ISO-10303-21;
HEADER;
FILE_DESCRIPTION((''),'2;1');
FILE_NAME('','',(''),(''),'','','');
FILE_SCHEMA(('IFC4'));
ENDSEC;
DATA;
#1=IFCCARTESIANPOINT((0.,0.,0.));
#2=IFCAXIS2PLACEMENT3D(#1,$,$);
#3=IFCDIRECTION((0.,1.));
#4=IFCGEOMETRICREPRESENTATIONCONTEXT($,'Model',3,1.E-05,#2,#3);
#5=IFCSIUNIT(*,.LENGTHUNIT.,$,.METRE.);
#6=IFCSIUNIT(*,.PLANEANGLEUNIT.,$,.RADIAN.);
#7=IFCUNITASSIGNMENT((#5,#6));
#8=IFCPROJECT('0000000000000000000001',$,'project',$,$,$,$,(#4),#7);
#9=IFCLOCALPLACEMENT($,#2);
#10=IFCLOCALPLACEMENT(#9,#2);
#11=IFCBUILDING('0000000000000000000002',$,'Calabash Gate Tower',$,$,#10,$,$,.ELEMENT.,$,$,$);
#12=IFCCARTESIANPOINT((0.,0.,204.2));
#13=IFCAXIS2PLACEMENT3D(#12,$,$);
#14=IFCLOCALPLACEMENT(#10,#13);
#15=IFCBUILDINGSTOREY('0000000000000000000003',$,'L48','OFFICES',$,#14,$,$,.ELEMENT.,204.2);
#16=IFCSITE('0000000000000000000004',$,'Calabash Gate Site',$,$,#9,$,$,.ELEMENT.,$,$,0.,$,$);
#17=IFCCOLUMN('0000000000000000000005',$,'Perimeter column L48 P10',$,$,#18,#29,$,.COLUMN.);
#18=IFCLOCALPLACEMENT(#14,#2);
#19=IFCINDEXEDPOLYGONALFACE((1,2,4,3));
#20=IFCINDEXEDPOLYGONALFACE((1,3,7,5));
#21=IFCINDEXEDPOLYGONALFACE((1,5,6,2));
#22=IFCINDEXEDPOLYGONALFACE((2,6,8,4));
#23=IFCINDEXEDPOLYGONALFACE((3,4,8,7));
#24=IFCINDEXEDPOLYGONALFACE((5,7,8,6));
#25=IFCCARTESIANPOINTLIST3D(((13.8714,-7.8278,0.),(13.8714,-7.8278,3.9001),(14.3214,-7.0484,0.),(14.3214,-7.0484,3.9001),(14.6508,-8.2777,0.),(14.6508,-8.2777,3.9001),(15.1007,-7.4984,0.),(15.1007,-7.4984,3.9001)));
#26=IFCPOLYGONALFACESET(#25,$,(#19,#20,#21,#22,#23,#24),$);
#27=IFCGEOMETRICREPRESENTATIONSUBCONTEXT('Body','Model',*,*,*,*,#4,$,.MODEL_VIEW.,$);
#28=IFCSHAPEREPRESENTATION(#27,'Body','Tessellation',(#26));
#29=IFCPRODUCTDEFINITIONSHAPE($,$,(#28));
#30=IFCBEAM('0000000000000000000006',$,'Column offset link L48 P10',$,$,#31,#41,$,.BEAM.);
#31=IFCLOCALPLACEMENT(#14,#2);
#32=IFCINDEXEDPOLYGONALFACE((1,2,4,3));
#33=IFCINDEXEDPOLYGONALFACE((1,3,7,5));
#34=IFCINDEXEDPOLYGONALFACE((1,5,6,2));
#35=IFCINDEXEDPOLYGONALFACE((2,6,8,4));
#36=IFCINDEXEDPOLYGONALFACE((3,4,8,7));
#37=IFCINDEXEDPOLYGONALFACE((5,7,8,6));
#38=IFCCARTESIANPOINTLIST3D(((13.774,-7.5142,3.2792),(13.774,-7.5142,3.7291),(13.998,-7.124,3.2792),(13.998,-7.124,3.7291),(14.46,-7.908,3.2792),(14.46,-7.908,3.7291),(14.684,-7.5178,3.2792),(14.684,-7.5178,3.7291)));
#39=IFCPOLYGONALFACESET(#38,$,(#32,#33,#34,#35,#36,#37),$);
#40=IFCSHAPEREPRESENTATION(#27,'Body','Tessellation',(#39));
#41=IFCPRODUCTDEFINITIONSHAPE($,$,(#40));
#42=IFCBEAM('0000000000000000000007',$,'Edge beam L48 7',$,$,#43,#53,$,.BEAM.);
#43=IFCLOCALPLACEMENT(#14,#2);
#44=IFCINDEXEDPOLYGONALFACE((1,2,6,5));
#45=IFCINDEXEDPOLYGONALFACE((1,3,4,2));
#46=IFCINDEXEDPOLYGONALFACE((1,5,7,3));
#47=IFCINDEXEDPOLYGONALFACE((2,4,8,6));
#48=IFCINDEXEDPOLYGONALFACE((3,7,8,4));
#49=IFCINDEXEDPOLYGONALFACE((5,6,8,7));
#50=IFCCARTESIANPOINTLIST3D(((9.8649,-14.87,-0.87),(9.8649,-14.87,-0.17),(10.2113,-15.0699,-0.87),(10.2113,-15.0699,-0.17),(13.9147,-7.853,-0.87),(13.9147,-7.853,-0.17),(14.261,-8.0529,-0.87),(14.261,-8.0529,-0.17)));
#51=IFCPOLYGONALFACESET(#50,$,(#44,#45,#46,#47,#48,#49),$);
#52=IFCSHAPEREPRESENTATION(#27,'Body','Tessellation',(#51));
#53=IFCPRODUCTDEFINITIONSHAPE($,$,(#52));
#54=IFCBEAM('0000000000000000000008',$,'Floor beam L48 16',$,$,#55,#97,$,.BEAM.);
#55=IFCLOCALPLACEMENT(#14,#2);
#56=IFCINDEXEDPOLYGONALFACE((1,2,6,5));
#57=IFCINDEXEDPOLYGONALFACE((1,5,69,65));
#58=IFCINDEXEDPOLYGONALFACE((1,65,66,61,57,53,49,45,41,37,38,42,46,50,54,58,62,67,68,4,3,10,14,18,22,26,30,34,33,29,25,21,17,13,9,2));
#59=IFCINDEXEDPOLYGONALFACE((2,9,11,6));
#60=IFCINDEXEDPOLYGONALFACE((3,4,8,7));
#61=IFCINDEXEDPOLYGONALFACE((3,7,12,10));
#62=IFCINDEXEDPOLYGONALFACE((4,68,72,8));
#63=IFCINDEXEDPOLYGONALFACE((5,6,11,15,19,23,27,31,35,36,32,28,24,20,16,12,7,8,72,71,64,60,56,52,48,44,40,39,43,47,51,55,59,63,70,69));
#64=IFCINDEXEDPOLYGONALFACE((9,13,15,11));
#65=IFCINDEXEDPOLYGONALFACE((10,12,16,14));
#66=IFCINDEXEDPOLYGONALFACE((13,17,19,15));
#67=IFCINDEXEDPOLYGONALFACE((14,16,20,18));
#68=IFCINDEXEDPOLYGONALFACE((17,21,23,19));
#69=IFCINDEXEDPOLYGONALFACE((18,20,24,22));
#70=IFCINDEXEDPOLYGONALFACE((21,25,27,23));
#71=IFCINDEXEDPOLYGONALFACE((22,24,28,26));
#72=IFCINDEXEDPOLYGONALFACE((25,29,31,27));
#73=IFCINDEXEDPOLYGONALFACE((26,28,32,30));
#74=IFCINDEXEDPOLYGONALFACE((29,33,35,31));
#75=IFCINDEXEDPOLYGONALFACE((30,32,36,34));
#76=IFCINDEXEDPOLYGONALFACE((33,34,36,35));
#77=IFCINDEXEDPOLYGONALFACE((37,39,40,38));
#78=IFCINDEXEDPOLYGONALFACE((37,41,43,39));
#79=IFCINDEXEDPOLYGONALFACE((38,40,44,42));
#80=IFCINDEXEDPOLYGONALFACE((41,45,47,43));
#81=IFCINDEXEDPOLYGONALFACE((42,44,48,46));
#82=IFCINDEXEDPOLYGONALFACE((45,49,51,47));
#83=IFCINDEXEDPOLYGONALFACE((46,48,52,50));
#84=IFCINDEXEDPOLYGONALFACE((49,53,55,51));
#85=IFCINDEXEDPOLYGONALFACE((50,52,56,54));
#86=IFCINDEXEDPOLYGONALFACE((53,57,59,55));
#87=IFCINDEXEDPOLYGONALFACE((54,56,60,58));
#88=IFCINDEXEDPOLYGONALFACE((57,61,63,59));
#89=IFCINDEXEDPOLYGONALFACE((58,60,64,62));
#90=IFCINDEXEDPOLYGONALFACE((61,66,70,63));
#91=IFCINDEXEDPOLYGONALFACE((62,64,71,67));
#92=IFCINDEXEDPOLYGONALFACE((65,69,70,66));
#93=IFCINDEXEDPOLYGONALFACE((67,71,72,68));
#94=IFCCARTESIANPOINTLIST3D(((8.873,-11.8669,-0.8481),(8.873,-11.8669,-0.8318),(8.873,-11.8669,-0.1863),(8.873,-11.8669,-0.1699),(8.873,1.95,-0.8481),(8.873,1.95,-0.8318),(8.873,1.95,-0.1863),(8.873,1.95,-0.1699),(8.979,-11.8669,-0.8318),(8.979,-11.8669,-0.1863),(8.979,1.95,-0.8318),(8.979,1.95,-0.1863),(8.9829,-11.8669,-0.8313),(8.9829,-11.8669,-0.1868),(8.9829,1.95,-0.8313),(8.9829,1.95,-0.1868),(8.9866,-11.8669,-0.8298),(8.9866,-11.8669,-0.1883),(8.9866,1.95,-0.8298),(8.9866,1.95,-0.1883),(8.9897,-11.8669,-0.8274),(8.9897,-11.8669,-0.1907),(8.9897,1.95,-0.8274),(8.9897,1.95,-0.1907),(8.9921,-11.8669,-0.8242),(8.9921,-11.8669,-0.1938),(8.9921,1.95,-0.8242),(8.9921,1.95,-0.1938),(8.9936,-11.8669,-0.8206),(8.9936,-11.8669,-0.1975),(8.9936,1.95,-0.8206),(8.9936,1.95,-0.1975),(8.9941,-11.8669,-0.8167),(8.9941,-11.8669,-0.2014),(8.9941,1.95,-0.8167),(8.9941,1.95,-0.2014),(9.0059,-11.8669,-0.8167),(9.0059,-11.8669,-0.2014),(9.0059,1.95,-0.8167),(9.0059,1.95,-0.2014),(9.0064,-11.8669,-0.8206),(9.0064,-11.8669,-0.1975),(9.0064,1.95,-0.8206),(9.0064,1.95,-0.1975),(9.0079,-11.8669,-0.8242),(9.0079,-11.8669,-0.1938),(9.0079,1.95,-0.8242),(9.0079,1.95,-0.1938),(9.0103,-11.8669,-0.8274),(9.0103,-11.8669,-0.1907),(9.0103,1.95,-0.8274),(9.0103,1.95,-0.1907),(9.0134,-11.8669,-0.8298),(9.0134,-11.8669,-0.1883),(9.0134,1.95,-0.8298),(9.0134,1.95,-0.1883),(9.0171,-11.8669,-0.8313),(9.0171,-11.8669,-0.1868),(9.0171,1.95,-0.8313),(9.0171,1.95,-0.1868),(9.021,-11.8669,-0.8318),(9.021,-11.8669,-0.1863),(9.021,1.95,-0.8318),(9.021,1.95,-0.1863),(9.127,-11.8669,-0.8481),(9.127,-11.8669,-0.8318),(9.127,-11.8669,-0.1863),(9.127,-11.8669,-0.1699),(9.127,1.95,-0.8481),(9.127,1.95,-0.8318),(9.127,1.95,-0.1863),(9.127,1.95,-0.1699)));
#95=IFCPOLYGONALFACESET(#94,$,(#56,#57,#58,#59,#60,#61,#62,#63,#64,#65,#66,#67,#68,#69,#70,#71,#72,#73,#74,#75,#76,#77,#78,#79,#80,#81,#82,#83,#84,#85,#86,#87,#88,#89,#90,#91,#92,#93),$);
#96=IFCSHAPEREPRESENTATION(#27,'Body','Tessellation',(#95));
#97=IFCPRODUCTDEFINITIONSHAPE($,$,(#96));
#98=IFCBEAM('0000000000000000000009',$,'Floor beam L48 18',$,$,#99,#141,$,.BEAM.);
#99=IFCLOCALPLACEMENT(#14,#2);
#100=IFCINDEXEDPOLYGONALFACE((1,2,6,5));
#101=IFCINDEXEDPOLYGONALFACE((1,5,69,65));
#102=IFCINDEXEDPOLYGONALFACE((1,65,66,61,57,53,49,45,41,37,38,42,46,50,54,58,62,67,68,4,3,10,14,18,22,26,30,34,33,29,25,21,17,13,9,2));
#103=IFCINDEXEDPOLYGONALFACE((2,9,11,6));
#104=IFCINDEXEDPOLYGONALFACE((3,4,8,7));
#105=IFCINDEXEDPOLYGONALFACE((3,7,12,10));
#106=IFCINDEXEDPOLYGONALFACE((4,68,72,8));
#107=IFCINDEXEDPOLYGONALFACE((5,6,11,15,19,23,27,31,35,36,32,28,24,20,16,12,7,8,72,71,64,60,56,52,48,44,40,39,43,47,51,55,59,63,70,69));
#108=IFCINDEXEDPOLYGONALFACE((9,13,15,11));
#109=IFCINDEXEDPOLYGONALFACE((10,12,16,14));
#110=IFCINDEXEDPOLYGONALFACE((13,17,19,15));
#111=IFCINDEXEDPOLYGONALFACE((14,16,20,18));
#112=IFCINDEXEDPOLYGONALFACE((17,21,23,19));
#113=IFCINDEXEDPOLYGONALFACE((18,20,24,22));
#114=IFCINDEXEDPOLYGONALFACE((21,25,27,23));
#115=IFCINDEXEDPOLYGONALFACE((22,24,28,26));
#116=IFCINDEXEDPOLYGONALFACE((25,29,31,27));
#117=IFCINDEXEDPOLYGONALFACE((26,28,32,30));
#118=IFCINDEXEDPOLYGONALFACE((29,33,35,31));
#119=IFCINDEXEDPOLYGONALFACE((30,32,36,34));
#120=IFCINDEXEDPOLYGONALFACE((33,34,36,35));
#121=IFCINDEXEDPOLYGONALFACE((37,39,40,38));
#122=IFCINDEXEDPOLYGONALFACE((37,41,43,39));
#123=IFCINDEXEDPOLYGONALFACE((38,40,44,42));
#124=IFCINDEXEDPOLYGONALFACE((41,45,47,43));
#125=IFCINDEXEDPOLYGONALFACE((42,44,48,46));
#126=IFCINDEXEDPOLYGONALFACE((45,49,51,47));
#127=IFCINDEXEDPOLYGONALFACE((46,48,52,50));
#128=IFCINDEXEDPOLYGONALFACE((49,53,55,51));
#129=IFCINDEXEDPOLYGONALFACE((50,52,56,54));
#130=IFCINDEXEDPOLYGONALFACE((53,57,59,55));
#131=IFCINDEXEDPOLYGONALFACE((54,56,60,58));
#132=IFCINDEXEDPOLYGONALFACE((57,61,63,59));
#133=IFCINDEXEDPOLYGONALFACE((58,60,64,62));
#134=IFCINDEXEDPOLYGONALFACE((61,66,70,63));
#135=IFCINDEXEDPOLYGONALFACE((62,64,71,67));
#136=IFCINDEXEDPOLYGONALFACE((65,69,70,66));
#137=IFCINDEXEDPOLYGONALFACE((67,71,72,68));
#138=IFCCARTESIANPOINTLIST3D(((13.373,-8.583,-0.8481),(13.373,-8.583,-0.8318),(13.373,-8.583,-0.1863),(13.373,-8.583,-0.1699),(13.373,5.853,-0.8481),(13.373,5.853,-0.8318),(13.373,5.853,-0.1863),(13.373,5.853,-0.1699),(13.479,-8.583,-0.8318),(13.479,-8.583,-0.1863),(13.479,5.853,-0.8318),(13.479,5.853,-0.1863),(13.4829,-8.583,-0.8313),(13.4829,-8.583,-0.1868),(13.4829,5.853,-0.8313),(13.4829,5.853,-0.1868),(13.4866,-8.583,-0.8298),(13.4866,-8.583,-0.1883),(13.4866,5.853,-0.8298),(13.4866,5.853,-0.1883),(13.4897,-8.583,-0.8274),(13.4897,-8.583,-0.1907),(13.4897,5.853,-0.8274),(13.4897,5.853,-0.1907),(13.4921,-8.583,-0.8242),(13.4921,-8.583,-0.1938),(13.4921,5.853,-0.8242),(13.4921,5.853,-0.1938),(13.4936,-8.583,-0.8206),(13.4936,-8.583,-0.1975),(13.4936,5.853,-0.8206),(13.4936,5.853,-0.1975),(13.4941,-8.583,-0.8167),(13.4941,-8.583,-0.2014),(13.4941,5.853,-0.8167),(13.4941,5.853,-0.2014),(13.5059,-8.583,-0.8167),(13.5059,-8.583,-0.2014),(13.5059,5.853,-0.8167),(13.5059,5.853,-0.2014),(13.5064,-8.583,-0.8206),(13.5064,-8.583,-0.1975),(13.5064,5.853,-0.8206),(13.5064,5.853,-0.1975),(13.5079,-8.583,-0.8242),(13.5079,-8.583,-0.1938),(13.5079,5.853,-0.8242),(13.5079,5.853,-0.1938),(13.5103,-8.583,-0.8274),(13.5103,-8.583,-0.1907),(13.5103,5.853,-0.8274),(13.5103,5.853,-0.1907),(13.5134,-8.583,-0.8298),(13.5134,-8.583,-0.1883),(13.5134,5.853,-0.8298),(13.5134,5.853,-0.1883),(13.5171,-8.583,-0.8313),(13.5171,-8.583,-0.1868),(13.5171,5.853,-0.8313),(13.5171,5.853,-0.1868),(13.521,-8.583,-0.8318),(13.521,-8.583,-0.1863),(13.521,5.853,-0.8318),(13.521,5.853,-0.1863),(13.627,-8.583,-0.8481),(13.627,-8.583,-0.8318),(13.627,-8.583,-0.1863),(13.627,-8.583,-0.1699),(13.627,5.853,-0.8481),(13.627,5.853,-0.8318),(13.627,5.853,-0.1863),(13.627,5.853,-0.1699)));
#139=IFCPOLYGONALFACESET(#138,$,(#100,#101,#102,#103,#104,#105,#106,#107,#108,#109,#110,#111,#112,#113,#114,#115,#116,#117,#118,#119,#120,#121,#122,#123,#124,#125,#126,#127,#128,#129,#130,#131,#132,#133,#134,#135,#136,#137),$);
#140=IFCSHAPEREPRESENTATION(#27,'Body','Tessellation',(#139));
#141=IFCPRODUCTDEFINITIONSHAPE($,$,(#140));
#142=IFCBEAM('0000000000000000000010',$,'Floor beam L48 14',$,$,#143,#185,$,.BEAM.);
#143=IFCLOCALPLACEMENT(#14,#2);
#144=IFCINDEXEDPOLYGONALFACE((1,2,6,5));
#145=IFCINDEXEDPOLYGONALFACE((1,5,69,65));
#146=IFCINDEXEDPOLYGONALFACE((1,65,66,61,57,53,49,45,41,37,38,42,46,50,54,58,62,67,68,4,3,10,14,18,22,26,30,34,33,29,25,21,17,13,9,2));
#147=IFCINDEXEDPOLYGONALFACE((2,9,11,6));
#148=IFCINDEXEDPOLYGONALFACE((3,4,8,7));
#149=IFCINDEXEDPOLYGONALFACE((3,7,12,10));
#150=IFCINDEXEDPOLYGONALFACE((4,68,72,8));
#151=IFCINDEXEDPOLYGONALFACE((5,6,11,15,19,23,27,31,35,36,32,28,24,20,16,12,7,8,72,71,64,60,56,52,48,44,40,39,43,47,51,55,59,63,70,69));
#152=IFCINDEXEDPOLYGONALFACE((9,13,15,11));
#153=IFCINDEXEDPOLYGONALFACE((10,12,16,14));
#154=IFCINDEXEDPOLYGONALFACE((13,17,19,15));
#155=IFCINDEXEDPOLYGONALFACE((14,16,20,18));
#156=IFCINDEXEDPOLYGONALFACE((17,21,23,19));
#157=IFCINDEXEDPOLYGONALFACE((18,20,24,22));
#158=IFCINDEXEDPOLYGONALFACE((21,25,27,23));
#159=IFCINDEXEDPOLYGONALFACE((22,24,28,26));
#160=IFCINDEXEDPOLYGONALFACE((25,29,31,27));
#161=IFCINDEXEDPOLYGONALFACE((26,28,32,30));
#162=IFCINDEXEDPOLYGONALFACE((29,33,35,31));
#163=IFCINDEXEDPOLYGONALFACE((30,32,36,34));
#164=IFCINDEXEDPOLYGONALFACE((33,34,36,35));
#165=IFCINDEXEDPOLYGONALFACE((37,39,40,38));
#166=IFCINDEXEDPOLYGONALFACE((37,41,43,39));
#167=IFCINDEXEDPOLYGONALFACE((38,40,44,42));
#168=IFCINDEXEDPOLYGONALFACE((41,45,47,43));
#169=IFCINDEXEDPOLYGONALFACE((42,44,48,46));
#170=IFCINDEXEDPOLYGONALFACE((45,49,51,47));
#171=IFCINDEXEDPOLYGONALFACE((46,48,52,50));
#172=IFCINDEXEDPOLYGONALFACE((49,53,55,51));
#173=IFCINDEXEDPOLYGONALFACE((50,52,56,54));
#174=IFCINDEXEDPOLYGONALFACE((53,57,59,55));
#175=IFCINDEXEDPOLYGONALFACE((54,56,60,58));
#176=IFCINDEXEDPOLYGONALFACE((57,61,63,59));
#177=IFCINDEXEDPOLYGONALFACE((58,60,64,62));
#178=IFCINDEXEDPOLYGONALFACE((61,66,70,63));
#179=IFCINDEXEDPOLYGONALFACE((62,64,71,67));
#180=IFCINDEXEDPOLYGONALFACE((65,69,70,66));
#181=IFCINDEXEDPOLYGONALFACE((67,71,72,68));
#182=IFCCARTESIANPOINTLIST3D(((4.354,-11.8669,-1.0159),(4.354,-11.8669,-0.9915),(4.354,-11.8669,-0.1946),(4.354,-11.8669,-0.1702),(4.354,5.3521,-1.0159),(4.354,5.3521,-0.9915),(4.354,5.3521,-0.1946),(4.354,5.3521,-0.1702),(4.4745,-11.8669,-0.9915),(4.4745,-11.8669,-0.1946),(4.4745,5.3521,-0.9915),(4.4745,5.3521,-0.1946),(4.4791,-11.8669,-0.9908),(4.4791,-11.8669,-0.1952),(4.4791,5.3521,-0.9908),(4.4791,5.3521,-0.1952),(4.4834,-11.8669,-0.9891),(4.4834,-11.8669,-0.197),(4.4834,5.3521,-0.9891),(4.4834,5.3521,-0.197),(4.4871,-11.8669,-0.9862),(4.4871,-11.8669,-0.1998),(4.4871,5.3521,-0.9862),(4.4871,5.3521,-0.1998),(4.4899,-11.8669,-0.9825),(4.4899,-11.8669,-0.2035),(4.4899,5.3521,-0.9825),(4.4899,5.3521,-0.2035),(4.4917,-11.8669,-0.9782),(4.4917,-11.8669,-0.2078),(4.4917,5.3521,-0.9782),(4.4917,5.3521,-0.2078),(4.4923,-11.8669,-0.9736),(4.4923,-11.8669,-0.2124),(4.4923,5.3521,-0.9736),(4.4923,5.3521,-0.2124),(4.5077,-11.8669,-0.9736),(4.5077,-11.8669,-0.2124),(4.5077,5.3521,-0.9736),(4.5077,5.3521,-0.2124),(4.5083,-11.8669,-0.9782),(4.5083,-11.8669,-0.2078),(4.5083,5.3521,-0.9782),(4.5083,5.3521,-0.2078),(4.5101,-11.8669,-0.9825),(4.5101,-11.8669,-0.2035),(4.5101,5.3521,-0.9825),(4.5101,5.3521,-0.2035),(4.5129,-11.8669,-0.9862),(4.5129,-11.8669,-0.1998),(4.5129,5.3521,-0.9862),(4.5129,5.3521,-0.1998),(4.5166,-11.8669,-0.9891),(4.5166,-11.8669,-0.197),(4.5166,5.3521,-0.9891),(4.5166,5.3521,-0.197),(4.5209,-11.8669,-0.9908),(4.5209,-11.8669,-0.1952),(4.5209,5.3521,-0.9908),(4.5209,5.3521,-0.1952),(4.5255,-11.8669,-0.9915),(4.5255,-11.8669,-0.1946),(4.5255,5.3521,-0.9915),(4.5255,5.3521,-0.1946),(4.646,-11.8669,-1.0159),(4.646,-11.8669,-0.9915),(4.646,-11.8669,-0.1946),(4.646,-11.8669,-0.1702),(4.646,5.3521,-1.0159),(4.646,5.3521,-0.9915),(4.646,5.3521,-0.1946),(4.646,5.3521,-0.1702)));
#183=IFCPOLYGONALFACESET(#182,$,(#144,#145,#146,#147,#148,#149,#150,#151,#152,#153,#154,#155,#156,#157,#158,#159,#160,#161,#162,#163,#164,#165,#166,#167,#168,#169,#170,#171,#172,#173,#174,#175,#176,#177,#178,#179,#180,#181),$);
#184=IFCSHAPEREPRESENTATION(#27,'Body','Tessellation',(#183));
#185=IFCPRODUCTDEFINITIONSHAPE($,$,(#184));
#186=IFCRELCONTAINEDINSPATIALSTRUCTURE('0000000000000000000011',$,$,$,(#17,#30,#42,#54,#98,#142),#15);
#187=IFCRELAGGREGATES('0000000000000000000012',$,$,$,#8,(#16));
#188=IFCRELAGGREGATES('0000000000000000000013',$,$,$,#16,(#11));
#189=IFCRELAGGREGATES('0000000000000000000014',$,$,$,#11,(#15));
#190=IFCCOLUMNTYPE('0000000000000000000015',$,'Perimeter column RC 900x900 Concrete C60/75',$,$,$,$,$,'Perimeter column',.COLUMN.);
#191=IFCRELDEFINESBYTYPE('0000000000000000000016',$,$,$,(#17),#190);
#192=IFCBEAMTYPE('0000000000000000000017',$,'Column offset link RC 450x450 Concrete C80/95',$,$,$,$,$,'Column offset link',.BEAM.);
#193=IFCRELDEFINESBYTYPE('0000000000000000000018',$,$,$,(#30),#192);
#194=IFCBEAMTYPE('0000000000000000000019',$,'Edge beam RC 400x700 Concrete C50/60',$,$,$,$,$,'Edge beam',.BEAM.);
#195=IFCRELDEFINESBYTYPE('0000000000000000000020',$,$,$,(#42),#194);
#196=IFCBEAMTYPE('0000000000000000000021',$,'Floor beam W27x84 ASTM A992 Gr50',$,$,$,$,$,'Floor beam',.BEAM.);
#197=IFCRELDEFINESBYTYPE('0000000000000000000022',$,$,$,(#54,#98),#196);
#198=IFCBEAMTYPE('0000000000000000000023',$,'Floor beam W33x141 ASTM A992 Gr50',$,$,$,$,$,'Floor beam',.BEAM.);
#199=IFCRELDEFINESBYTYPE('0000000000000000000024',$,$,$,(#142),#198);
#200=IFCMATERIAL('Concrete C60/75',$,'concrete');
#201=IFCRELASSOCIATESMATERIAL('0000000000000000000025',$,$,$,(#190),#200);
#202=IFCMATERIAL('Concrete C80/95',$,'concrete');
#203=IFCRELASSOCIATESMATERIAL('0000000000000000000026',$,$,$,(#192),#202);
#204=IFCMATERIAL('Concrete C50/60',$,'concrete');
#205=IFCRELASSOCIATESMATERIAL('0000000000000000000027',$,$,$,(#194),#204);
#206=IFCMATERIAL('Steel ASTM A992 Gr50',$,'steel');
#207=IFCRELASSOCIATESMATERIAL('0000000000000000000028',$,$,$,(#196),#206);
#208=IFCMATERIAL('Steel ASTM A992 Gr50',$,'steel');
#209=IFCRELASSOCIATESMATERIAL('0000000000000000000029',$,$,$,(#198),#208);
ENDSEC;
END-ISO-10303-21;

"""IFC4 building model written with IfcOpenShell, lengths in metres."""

from ifc_helpers import new_model, si_unit, direction, frame, origin, origin_2d, place, context, subcontext, project, spatial, rectangle, i_section, extrude, material, material_profile, profile_set, type_object, element, save


model = new_model("IFC4")

# Units and contexts
model_context = context("Model", 3, precision=1e-05, world=origin(), true_north=direction((0.0, 1.0)))
body_context = subcontext(model_context, "Body", "Model", "MODEL_VIEW")
ifc_project = project(units=[si_unit("LENGTHUNIT", "METRE"), si_unit("PLANEANGLEUNIT", "RADIAN")], contexts=[model_context])

# Site, building, storey
site_placement = place(None, origin())
site = spatial("IfcSite", under=ifc_project, at=site_placement, Name="Calabash Gate Site", CompositionType="ELEMENT", RefElevation=0.0)
building_placement = place(site_placement, origin())
building = spatial("IfcBuilding", under=site, at=building_placement, Name="Calabash Gate Tower", CompositionType="ELEMENT")
storey_placement = place(building_placement, frame((0.0, 0.0, 204.2)))
storey = spatial("IfcBuildingStorey", under=building, at=storey_placement, Name="L48", Description="OFFICES", CompositionType="ELEMENT", Elevation=204.2)

# Column
ifc_material_1 = material(Name="Concrete C60/75", Category="concrete")
ifc_material_profile_1 = material_profile(ifc_material_1, rectangle(XDim=0.8999, YDim=0.8999, at=origin_2d()))
ifc_profile_set_1 = profile_set([ifc_material_profile_1], Name="Concrete C60/75")
column_type = type_object("IfcColumnType", Name="Perimeter column RC 900x900 Concrete C60/75", ElementType="Perimeter column", PredefinedType="COLUMN", material=ifc_profile_set_1)
column_placement = place(storey_placement, frame((14.4861, -7.6631, 0.0), z_axis=(0.0, 0.0, 1.0), x_axis=(0.5, 0.866025, 0.0)))
element("IfcColumn", 1, at=column_placement, inside=storey, type_object=column_type, Name="Perimeter column L48 P10", PredefinedType="COLUMN", context=body_context, shape_type="SweptSolid", body=[
    extrude(rectangle(XDim=0.8999, YDim=0.8999, at=origin_2d()), origin(), (0.0, 0.0, 1.0), 3.9001),
])

# Beams
ifc_material_2 = material(Name="Concrete C80/95", Category="concrete")
ifc_material_profile_2 = material_profile(ifc_material_2, rectangle(XDim=0.45, YDim=0.45, at=origin_2d()))
ifc_profile_set_2 = profile_set([ifc_material_profile_2], Name="Concrete C80/95")
beam_type_1 = type_object("IfcBeamType", Name="Column offset link RC 450x450 Concrete C80/95", ElementType="Column offset link", PredefinedType="BEAM", material=ifc_profile_set_2)
beam_1_placement = place(storey_placement, frame((14.572, -7.7129, 3.5042), z_axis=(-0.867273, 0.497833, 0.0), x_axis=(-0.497833, -0.867273, 0.0)))
element("IfcBeam", 2, at=beam_1_placement, inside=storey, type_object=beam_type_1, Name="Column offset link L48 P10", PredefinedType="BEAM", context=body_context, shape_type="SweptSolid", body=[
    extrude(rectangle(XDim=0.45, YDim=0.45, at=origin_2d()), origin(), (0.0, 0.0, 1.0), 0.791),
])
ifc_material_3 = material(Name="Concrete C50/60", Category="concrete")
ifc_material_profile_3 = material_profile(ifc_material_3, rectangle(XDim=0.3999, YDim=0.7, at=origin_2d()))
ifc_profile_set_3 = profile_set([ifc_material_profile_3], Name="Concrete C50/60")
beam_type_2 = type_object("IfcBeamType", Name="Edge beam RC 400x700 Concrete C50/60", ElementType="Edge beam", PredefinedType="BEAM", material=ifc_profile_set_3)
beam_2_placement = place(storey_placement, frame((10.0381, -14.97, -0.52), z_axis=(0.49986, 0.866106, 0.0), x_axis=(-0.866106, 0.49986, 0.0)))
element("IfcBeam", 3, at=beam_2_placement, inside=storey, type_object=beam_type_2, Name="Edge beam L48 7", PredefinedType="BEAM", context=body_context, shape_type="SweptSolid", body=[
    extrude(rectangle(XDim=0.3999, YDim=0.7, at=origin_2d()), origin(), (0.0, 0.0, 1.0), 8.1018),
])
ifc_material_4 = material(Name="Steel ASTM A992 Gr50", Category="steel")
ifc_material_profile_4 = material_profile(ifc_material_4, i_section(OverallWidth=0.2539, OverallDepth=0.6782, WebThickness=0.0117, FlangeThickness=0.0164, FilletRadius=0.0151, at=origin_2d()))
ifc_profile_set_4 = profile_set([ifc_material_profile_4], Name="Steel ASTM A992 Gr50")
beam_type_3 = type_object("IfcBeamType", Name="Floor beam W27x84 ASTM A992 Gr50", ElementType="Floor beam", PredefinedType="BEAM", material=ifc_profile_set_4)
beam_3_placement = place(storey_placement, frame((9.0, -11.8669, -0.509), z_axis=(0.0, 1.0, 0.0), x_axis=(-1.0, 0.0, 0.0)))
element("IfcBeam", 4, at=beam_3_placement, inside=storey, type_object=beam_type_3, Name="Floor beam L48 16", PredefinedType="BEAM", context=body_context, shape_type="SweptSolid", body=[
    extrude(i_section(OverallWidth=0.2539, OverallDepth=0.6782, WebThickness=0.0117, FlangeThickness=0.0164, FilletRadius=0.0151, at=origin_2d()), origin(), (0.0, 0.0, 1.0), 13.8169),
])
beam_4_placement = place(storey_placement, frame((13.5, -8.583, -0.509), z_axis=(0.0, 1.0, 0.0), x_axis=(-1.0, 0.0, 0.0)))
element("IfcBeam", 5, at=beam_4_placement, inside=storey, type_object=beam_type_3, Name="Floor beam L48 18", PredefinedType="BEAM", context=body_context, shape_type="SweptSolid", body=[
    extrude(i_section(OverallWidth=0.2539, OverallDepth=0.6782, WebThickness=0.0117, FlangeThickness=0.0164, FilletRadius=0.0151, at=origin_2d()), origin(), (0.0, 0.0, 1.0), 14.436),
])
ifc_material_5 = material(Name="Steel ASTM A992 Gr50", Category="steel")
ifc_material_profile_5 = material_profile(ifc_material_5, i_section(OverallWidth=0.292, OverallDepth=0.8457, WebThickness=0.0154, FlangeThickness=0.0244, FilletRadius=0.0178, at=origin_2d()))
ifc_profile_set_5 = profile_set([ifc_material_profile_5], Name="Steel ASTM A992 Gr50")
beam_type_4 = type_object("IfcBeamType", Name="Floor beam W33x141 ASTM A992 Gr50", ElementType="Floor beam", PredefinedType="BEAM", material=ifc_profile_set_5)
beam_5_placement = place(storey_placement, frame((4.5, -11.8669, -0.593), z_axis=(0.0, 1.0, 0.0), x_axis=(-1.0, 0.0, 0.0)))
element("IfcBeam", 6, at=beam_5_placement, inside=storey, type_object=beam_type_4, Name="Floor beam L48 14", PredefinedType="BEAM", context=body_context, shape_type="SweptSolid", body=[
    extrude(i_section(OverallWidth=0.292, OverallDepth=0.8457, WebThickness=0.0154, FlangeThickness=0.0244, FilletRadius=0.0178, at=origin_2d()), origin(), (0.0, 0.0, 1.0), 17.219),
])

save(model, "model.ifc")
